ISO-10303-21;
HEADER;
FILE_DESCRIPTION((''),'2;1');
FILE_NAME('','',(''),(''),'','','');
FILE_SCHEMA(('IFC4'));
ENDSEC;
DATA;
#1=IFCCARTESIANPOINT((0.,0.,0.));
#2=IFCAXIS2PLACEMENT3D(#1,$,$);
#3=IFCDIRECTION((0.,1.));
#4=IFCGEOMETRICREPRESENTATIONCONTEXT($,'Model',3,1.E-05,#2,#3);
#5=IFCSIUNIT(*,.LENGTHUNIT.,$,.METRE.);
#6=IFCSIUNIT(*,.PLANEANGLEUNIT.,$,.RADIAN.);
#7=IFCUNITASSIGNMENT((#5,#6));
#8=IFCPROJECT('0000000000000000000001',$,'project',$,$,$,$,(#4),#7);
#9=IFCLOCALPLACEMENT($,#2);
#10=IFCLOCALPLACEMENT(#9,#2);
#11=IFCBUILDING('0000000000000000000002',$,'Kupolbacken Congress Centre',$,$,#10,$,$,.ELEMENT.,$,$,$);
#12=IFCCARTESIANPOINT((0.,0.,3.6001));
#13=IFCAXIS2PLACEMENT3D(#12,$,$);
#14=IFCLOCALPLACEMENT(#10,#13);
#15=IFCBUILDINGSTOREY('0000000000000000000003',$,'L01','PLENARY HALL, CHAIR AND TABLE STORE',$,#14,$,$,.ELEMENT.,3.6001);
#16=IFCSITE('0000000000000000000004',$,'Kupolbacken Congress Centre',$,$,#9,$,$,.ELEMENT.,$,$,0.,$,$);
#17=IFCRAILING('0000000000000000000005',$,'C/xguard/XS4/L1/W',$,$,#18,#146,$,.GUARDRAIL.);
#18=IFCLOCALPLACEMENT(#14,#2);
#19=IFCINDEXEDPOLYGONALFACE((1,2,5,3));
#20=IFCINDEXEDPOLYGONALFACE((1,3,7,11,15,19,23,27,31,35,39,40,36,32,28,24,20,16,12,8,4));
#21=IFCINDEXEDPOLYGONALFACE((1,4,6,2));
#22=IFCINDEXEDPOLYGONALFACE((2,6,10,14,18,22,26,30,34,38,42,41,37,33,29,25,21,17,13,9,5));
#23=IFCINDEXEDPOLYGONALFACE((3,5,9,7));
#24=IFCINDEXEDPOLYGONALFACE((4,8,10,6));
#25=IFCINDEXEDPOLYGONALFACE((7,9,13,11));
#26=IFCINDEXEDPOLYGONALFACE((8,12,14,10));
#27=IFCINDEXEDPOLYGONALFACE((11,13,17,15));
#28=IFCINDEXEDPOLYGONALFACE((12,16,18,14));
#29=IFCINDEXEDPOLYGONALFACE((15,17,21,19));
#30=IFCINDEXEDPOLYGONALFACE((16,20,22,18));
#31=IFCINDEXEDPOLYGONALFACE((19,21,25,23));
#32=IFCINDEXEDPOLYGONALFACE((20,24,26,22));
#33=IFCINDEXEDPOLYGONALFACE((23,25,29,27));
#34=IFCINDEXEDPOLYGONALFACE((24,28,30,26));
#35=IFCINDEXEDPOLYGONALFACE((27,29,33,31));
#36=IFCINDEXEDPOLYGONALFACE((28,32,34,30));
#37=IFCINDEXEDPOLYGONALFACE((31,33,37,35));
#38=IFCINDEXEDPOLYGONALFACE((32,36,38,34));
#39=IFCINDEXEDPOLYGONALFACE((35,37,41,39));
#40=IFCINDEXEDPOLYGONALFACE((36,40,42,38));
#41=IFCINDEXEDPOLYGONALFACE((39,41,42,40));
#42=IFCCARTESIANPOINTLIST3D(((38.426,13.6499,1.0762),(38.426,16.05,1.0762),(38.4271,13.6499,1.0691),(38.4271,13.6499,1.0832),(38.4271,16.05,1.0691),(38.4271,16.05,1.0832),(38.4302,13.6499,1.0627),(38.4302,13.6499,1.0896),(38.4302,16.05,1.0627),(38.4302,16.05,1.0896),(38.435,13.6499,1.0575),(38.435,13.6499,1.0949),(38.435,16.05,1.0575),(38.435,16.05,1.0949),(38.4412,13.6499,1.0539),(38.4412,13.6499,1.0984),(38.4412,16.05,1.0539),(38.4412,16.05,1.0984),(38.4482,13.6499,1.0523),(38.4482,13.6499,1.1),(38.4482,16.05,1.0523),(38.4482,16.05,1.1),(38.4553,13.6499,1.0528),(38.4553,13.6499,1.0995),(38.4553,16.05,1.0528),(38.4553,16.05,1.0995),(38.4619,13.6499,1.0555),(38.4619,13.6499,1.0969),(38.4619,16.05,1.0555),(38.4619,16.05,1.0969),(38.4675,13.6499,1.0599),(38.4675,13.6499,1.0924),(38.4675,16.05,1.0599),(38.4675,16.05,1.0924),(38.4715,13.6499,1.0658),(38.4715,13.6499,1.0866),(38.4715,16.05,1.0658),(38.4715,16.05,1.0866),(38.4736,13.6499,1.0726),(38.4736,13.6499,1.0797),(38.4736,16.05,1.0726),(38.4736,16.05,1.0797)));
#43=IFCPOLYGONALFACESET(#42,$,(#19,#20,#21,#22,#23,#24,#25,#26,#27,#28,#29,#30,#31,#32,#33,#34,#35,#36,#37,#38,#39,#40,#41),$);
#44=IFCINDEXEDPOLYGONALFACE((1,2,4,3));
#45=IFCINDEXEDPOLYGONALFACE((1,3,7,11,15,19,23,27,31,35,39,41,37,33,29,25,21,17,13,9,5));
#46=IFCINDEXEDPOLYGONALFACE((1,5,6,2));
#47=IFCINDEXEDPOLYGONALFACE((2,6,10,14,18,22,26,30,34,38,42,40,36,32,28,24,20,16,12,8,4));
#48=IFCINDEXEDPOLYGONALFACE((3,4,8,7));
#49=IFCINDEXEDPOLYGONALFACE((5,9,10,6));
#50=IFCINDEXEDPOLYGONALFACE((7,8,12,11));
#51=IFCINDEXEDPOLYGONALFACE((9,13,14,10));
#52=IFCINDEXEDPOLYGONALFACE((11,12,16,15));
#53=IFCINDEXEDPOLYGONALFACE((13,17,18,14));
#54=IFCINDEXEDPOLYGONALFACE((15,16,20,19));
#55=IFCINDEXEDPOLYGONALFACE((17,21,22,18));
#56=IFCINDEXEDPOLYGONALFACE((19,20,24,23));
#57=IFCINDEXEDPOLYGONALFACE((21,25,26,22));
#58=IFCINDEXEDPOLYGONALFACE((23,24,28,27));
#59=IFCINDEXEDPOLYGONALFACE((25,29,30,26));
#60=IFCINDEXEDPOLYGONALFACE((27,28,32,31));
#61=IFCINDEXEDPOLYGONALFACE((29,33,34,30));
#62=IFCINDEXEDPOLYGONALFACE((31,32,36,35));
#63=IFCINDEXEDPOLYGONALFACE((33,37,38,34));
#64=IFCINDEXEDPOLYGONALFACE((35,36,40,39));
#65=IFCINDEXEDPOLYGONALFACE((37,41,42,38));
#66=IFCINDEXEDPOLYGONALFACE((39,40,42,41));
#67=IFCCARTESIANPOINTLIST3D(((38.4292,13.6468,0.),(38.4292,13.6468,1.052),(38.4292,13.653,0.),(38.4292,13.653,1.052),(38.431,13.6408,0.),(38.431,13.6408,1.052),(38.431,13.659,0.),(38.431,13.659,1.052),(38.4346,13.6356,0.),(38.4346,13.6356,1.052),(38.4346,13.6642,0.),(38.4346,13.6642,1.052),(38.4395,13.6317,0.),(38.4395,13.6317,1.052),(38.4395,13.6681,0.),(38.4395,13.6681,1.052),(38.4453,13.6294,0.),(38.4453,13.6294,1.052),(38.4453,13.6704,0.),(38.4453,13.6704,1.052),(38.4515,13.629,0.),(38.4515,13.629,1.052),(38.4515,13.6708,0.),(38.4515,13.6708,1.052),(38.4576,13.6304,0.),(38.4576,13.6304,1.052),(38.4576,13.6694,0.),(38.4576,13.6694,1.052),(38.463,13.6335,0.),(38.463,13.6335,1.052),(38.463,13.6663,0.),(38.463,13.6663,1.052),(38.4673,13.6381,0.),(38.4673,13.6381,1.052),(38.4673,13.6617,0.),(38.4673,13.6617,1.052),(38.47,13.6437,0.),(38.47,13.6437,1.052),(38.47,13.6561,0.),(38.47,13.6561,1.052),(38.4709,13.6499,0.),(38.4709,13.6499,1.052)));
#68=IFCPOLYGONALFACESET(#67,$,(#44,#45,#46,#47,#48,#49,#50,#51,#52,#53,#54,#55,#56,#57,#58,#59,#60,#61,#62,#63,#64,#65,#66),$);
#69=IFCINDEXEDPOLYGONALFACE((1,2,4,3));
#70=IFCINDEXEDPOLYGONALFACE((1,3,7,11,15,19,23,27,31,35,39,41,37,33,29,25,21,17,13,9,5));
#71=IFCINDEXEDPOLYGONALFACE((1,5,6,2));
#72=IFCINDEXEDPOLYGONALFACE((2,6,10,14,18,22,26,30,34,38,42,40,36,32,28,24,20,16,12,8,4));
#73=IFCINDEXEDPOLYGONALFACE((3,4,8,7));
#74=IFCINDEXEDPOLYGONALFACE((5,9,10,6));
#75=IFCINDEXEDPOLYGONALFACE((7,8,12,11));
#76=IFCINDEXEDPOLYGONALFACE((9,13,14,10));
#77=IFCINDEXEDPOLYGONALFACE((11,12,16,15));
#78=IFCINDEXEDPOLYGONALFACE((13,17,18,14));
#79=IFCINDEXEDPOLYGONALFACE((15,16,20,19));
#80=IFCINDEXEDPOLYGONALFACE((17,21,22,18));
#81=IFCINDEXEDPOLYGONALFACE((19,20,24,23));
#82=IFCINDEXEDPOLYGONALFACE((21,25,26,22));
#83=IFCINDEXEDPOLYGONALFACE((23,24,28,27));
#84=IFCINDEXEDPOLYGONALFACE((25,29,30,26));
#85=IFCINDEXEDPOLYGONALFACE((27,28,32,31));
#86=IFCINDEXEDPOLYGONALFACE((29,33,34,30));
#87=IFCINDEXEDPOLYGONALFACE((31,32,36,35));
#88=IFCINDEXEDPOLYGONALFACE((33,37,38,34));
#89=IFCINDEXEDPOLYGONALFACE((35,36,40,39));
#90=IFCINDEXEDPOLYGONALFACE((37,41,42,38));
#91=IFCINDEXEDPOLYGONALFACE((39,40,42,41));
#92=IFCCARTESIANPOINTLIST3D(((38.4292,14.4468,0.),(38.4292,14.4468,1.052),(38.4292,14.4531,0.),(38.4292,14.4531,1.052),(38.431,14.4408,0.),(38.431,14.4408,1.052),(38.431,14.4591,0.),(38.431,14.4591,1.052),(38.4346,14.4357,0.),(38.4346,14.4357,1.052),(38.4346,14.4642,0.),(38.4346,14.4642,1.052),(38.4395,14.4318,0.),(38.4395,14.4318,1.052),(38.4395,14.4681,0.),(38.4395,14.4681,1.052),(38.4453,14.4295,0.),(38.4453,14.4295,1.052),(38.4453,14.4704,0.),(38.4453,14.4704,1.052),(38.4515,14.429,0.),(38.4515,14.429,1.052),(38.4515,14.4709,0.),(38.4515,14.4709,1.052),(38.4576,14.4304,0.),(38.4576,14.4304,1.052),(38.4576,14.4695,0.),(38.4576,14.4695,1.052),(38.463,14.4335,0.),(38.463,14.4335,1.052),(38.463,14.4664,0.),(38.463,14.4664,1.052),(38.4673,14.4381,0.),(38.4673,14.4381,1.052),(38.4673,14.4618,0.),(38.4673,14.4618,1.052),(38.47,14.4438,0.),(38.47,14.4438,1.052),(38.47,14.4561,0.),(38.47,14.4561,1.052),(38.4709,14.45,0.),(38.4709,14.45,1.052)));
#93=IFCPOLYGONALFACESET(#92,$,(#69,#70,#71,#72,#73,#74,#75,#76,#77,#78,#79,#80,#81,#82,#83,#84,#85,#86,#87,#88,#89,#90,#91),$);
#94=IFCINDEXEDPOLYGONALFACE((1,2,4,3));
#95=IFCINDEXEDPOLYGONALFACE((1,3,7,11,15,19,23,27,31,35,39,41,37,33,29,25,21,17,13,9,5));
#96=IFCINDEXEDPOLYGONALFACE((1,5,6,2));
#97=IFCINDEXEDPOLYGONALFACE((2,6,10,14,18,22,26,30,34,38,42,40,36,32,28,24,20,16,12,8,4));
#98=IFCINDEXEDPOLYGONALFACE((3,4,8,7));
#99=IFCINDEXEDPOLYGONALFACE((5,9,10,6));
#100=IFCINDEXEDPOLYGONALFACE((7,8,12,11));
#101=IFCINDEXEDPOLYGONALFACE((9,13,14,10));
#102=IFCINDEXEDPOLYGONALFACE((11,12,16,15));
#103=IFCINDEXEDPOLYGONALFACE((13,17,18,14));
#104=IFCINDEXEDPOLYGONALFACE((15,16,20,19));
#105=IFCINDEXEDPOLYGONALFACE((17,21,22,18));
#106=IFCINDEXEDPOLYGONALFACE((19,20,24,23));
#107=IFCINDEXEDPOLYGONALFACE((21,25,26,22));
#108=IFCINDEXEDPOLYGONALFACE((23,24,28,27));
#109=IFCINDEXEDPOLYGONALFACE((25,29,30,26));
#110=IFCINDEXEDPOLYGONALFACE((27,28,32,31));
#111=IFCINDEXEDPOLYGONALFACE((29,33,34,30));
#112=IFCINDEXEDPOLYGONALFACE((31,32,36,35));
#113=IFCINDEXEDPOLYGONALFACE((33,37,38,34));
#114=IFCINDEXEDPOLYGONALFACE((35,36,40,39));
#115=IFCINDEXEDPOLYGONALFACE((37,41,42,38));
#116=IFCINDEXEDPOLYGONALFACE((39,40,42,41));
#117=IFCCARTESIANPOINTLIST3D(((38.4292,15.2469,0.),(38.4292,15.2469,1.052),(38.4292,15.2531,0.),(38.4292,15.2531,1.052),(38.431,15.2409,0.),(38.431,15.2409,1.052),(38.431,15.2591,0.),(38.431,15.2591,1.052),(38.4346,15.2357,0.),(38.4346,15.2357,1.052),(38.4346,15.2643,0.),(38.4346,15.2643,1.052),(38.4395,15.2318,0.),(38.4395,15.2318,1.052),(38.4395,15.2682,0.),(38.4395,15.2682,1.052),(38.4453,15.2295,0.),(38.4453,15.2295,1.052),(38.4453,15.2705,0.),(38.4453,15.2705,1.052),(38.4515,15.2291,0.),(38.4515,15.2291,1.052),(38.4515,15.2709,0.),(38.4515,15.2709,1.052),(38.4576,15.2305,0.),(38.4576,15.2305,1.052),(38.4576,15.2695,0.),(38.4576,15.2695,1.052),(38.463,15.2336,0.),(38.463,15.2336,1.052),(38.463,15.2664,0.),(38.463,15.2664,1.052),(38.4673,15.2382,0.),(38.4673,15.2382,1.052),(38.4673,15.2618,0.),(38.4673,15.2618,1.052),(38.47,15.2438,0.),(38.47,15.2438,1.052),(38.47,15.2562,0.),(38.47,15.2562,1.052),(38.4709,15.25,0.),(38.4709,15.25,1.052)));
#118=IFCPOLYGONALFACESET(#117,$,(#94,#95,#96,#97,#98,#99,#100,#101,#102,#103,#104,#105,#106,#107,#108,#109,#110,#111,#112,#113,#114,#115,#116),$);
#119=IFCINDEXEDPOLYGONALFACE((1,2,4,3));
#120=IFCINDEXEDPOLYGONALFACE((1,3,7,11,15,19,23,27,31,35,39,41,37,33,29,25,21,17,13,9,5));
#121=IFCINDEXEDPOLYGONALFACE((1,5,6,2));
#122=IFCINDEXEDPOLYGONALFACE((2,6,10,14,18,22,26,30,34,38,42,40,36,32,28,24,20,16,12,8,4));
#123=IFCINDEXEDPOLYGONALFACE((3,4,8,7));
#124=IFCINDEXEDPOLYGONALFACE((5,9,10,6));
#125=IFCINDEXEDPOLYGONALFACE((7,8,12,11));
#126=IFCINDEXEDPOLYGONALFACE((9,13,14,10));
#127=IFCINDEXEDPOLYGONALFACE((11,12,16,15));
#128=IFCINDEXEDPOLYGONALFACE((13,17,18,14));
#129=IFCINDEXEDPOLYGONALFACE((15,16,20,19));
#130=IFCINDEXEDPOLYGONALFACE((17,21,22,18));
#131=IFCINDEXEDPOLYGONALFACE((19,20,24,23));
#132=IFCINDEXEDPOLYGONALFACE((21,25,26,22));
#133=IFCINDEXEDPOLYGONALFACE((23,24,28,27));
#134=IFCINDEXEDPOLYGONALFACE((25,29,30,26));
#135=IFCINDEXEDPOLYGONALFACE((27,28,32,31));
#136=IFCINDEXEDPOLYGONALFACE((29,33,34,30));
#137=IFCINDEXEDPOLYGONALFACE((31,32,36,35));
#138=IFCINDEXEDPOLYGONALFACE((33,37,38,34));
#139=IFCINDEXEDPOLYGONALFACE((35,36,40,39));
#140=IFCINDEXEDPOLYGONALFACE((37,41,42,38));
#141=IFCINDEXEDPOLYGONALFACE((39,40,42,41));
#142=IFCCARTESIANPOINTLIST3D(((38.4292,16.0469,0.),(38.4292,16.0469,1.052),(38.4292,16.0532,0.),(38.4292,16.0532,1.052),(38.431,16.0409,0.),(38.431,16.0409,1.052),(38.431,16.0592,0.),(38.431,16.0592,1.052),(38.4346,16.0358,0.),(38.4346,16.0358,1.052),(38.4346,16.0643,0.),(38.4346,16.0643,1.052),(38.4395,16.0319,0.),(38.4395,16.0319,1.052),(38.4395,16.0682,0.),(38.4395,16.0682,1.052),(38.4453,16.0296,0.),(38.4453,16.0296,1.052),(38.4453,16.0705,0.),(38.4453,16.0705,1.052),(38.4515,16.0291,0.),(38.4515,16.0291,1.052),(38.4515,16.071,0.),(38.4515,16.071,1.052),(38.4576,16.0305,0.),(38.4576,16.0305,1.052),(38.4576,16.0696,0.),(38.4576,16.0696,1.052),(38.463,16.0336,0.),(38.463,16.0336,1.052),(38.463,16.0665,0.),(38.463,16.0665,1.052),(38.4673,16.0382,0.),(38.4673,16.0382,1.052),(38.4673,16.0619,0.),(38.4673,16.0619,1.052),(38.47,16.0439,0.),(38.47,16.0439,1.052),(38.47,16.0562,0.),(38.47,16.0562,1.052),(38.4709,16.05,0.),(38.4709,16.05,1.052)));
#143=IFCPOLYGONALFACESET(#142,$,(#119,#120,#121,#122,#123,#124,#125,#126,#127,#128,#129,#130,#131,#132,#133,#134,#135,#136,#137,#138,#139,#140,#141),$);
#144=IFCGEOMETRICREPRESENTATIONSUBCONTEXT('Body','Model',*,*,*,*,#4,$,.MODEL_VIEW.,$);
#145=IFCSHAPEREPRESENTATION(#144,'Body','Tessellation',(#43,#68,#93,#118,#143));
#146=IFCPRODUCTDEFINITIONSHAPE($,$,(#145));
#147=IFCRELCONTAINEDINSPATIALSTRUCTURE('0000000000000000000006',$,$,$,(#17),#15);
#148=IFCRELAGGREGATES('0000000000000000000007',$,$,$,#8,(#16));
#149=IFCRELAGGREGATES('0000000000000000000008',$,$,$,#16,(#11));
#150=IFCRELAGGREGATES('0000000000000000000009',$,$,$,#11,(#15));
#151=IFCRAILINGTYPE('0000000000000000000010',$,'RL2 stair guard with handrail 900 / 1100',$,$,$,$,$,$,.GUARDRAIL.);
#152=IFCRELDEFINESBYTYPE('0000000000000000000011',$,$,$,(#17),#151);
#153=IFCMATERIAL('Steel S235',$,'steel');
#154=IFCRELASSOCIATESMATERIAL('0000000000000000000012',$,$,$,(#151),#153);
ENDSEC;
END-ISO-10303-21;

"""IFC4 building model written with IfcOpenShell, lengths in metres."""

from ifc_helpers import new_model, si_unit, direction, frame, origin, origin_2d, place, context, subcontext, project, spatial, circle, extrude, material, type_object, element, save


model = new_model("IFC4")

# Units and contexts
model_context = context("Model", 3, precision=1e-05, world=origin(), true_north=direction((0.0, 1.0)))
body_context = subcontext(model_context, "Body", "Model", "MODEL_VIEW")
ifc_project = project(units=[si_unit("LENGTHUNIT", "METRE"), si_unit("PLANEANGLEUNIT", "RADIAN")], contexts=[model_context])

# Site, building, storey
site_placement = place(None, origin())
site = spatial("IfcSite", under=ifc_project, at=site_placement, Name="Kupolbacken Congress Centre", CompositionType="ELEMENT", RefElevation=0.0)
building_placement = place(site_placement, origin())
building = spatial("IfcBuilding", under=site, at=building_placement, Name="Kupolbacken Congress Centre", CompositionType="ELEMENT")
storey_placement = place(building_placement, frame((0.0, 0.0, 3.6001)))
storey = spatial("IfcBuildingStorey", under=building, at=storey_placement, Name="L01", Description="PLENARY HALL, CHAIR AND TABLE STORE", CompositionType="ELEMENT", Elevation=3.6001)

# Railing
ifc_material_1 = material(Name="Steel S235", Category="steel")
railing_type = type_object("IfcRailingType", Name="RL2 stair guard with handrail 900 / 1100", PredefinedType="GUARDRAIL", material=ifc_material_1)
for number, where, name in (
    (1, (38.45, 13.6499, 0.0), "C/xguard/XS4/L1/W"),
):
    element("IfcRailing", number, at=place(storey_placement, frame(where)), inside=storey, type_object=railing_type, Name=name, PredefinedType="GUARDRAIL", context=body_context, shape_type="SweptSolid", body=[
        extrude(circle(Radius=0.0239, at=origin_2d()), frame((0.0, 0.0, 1.0762), z_axis=(0.0, 1.0, 0.0), x_axis=(-1.0, 0.0, 0.0)), (0.0, 0.0, 1.0), 2.4001),
        extrude(circle(Radius=0.021, at=origin_2d()), origin(), (0.0, 0.0, 1.0), 1.052),
        extrude(circle(Radius=0.021, at=origin_2d()), frame((0.0, 0.8, 0.0)), (0.0, 0.0, 1.0), 1.052),
        extrude(circle(Radius=0.021, at=origin_2d()), frame((0.0, 1.6001, 0.0)), (0.0, 0.0, 1.0), 1.052),
        extrude(circle(Radius=0.021, at=origin_2d()), frame((0.0, 2.4001, 0.0)), (0.0, 0.0, 1.0), 1.052),
    ])

save(model, "model.ifc")
